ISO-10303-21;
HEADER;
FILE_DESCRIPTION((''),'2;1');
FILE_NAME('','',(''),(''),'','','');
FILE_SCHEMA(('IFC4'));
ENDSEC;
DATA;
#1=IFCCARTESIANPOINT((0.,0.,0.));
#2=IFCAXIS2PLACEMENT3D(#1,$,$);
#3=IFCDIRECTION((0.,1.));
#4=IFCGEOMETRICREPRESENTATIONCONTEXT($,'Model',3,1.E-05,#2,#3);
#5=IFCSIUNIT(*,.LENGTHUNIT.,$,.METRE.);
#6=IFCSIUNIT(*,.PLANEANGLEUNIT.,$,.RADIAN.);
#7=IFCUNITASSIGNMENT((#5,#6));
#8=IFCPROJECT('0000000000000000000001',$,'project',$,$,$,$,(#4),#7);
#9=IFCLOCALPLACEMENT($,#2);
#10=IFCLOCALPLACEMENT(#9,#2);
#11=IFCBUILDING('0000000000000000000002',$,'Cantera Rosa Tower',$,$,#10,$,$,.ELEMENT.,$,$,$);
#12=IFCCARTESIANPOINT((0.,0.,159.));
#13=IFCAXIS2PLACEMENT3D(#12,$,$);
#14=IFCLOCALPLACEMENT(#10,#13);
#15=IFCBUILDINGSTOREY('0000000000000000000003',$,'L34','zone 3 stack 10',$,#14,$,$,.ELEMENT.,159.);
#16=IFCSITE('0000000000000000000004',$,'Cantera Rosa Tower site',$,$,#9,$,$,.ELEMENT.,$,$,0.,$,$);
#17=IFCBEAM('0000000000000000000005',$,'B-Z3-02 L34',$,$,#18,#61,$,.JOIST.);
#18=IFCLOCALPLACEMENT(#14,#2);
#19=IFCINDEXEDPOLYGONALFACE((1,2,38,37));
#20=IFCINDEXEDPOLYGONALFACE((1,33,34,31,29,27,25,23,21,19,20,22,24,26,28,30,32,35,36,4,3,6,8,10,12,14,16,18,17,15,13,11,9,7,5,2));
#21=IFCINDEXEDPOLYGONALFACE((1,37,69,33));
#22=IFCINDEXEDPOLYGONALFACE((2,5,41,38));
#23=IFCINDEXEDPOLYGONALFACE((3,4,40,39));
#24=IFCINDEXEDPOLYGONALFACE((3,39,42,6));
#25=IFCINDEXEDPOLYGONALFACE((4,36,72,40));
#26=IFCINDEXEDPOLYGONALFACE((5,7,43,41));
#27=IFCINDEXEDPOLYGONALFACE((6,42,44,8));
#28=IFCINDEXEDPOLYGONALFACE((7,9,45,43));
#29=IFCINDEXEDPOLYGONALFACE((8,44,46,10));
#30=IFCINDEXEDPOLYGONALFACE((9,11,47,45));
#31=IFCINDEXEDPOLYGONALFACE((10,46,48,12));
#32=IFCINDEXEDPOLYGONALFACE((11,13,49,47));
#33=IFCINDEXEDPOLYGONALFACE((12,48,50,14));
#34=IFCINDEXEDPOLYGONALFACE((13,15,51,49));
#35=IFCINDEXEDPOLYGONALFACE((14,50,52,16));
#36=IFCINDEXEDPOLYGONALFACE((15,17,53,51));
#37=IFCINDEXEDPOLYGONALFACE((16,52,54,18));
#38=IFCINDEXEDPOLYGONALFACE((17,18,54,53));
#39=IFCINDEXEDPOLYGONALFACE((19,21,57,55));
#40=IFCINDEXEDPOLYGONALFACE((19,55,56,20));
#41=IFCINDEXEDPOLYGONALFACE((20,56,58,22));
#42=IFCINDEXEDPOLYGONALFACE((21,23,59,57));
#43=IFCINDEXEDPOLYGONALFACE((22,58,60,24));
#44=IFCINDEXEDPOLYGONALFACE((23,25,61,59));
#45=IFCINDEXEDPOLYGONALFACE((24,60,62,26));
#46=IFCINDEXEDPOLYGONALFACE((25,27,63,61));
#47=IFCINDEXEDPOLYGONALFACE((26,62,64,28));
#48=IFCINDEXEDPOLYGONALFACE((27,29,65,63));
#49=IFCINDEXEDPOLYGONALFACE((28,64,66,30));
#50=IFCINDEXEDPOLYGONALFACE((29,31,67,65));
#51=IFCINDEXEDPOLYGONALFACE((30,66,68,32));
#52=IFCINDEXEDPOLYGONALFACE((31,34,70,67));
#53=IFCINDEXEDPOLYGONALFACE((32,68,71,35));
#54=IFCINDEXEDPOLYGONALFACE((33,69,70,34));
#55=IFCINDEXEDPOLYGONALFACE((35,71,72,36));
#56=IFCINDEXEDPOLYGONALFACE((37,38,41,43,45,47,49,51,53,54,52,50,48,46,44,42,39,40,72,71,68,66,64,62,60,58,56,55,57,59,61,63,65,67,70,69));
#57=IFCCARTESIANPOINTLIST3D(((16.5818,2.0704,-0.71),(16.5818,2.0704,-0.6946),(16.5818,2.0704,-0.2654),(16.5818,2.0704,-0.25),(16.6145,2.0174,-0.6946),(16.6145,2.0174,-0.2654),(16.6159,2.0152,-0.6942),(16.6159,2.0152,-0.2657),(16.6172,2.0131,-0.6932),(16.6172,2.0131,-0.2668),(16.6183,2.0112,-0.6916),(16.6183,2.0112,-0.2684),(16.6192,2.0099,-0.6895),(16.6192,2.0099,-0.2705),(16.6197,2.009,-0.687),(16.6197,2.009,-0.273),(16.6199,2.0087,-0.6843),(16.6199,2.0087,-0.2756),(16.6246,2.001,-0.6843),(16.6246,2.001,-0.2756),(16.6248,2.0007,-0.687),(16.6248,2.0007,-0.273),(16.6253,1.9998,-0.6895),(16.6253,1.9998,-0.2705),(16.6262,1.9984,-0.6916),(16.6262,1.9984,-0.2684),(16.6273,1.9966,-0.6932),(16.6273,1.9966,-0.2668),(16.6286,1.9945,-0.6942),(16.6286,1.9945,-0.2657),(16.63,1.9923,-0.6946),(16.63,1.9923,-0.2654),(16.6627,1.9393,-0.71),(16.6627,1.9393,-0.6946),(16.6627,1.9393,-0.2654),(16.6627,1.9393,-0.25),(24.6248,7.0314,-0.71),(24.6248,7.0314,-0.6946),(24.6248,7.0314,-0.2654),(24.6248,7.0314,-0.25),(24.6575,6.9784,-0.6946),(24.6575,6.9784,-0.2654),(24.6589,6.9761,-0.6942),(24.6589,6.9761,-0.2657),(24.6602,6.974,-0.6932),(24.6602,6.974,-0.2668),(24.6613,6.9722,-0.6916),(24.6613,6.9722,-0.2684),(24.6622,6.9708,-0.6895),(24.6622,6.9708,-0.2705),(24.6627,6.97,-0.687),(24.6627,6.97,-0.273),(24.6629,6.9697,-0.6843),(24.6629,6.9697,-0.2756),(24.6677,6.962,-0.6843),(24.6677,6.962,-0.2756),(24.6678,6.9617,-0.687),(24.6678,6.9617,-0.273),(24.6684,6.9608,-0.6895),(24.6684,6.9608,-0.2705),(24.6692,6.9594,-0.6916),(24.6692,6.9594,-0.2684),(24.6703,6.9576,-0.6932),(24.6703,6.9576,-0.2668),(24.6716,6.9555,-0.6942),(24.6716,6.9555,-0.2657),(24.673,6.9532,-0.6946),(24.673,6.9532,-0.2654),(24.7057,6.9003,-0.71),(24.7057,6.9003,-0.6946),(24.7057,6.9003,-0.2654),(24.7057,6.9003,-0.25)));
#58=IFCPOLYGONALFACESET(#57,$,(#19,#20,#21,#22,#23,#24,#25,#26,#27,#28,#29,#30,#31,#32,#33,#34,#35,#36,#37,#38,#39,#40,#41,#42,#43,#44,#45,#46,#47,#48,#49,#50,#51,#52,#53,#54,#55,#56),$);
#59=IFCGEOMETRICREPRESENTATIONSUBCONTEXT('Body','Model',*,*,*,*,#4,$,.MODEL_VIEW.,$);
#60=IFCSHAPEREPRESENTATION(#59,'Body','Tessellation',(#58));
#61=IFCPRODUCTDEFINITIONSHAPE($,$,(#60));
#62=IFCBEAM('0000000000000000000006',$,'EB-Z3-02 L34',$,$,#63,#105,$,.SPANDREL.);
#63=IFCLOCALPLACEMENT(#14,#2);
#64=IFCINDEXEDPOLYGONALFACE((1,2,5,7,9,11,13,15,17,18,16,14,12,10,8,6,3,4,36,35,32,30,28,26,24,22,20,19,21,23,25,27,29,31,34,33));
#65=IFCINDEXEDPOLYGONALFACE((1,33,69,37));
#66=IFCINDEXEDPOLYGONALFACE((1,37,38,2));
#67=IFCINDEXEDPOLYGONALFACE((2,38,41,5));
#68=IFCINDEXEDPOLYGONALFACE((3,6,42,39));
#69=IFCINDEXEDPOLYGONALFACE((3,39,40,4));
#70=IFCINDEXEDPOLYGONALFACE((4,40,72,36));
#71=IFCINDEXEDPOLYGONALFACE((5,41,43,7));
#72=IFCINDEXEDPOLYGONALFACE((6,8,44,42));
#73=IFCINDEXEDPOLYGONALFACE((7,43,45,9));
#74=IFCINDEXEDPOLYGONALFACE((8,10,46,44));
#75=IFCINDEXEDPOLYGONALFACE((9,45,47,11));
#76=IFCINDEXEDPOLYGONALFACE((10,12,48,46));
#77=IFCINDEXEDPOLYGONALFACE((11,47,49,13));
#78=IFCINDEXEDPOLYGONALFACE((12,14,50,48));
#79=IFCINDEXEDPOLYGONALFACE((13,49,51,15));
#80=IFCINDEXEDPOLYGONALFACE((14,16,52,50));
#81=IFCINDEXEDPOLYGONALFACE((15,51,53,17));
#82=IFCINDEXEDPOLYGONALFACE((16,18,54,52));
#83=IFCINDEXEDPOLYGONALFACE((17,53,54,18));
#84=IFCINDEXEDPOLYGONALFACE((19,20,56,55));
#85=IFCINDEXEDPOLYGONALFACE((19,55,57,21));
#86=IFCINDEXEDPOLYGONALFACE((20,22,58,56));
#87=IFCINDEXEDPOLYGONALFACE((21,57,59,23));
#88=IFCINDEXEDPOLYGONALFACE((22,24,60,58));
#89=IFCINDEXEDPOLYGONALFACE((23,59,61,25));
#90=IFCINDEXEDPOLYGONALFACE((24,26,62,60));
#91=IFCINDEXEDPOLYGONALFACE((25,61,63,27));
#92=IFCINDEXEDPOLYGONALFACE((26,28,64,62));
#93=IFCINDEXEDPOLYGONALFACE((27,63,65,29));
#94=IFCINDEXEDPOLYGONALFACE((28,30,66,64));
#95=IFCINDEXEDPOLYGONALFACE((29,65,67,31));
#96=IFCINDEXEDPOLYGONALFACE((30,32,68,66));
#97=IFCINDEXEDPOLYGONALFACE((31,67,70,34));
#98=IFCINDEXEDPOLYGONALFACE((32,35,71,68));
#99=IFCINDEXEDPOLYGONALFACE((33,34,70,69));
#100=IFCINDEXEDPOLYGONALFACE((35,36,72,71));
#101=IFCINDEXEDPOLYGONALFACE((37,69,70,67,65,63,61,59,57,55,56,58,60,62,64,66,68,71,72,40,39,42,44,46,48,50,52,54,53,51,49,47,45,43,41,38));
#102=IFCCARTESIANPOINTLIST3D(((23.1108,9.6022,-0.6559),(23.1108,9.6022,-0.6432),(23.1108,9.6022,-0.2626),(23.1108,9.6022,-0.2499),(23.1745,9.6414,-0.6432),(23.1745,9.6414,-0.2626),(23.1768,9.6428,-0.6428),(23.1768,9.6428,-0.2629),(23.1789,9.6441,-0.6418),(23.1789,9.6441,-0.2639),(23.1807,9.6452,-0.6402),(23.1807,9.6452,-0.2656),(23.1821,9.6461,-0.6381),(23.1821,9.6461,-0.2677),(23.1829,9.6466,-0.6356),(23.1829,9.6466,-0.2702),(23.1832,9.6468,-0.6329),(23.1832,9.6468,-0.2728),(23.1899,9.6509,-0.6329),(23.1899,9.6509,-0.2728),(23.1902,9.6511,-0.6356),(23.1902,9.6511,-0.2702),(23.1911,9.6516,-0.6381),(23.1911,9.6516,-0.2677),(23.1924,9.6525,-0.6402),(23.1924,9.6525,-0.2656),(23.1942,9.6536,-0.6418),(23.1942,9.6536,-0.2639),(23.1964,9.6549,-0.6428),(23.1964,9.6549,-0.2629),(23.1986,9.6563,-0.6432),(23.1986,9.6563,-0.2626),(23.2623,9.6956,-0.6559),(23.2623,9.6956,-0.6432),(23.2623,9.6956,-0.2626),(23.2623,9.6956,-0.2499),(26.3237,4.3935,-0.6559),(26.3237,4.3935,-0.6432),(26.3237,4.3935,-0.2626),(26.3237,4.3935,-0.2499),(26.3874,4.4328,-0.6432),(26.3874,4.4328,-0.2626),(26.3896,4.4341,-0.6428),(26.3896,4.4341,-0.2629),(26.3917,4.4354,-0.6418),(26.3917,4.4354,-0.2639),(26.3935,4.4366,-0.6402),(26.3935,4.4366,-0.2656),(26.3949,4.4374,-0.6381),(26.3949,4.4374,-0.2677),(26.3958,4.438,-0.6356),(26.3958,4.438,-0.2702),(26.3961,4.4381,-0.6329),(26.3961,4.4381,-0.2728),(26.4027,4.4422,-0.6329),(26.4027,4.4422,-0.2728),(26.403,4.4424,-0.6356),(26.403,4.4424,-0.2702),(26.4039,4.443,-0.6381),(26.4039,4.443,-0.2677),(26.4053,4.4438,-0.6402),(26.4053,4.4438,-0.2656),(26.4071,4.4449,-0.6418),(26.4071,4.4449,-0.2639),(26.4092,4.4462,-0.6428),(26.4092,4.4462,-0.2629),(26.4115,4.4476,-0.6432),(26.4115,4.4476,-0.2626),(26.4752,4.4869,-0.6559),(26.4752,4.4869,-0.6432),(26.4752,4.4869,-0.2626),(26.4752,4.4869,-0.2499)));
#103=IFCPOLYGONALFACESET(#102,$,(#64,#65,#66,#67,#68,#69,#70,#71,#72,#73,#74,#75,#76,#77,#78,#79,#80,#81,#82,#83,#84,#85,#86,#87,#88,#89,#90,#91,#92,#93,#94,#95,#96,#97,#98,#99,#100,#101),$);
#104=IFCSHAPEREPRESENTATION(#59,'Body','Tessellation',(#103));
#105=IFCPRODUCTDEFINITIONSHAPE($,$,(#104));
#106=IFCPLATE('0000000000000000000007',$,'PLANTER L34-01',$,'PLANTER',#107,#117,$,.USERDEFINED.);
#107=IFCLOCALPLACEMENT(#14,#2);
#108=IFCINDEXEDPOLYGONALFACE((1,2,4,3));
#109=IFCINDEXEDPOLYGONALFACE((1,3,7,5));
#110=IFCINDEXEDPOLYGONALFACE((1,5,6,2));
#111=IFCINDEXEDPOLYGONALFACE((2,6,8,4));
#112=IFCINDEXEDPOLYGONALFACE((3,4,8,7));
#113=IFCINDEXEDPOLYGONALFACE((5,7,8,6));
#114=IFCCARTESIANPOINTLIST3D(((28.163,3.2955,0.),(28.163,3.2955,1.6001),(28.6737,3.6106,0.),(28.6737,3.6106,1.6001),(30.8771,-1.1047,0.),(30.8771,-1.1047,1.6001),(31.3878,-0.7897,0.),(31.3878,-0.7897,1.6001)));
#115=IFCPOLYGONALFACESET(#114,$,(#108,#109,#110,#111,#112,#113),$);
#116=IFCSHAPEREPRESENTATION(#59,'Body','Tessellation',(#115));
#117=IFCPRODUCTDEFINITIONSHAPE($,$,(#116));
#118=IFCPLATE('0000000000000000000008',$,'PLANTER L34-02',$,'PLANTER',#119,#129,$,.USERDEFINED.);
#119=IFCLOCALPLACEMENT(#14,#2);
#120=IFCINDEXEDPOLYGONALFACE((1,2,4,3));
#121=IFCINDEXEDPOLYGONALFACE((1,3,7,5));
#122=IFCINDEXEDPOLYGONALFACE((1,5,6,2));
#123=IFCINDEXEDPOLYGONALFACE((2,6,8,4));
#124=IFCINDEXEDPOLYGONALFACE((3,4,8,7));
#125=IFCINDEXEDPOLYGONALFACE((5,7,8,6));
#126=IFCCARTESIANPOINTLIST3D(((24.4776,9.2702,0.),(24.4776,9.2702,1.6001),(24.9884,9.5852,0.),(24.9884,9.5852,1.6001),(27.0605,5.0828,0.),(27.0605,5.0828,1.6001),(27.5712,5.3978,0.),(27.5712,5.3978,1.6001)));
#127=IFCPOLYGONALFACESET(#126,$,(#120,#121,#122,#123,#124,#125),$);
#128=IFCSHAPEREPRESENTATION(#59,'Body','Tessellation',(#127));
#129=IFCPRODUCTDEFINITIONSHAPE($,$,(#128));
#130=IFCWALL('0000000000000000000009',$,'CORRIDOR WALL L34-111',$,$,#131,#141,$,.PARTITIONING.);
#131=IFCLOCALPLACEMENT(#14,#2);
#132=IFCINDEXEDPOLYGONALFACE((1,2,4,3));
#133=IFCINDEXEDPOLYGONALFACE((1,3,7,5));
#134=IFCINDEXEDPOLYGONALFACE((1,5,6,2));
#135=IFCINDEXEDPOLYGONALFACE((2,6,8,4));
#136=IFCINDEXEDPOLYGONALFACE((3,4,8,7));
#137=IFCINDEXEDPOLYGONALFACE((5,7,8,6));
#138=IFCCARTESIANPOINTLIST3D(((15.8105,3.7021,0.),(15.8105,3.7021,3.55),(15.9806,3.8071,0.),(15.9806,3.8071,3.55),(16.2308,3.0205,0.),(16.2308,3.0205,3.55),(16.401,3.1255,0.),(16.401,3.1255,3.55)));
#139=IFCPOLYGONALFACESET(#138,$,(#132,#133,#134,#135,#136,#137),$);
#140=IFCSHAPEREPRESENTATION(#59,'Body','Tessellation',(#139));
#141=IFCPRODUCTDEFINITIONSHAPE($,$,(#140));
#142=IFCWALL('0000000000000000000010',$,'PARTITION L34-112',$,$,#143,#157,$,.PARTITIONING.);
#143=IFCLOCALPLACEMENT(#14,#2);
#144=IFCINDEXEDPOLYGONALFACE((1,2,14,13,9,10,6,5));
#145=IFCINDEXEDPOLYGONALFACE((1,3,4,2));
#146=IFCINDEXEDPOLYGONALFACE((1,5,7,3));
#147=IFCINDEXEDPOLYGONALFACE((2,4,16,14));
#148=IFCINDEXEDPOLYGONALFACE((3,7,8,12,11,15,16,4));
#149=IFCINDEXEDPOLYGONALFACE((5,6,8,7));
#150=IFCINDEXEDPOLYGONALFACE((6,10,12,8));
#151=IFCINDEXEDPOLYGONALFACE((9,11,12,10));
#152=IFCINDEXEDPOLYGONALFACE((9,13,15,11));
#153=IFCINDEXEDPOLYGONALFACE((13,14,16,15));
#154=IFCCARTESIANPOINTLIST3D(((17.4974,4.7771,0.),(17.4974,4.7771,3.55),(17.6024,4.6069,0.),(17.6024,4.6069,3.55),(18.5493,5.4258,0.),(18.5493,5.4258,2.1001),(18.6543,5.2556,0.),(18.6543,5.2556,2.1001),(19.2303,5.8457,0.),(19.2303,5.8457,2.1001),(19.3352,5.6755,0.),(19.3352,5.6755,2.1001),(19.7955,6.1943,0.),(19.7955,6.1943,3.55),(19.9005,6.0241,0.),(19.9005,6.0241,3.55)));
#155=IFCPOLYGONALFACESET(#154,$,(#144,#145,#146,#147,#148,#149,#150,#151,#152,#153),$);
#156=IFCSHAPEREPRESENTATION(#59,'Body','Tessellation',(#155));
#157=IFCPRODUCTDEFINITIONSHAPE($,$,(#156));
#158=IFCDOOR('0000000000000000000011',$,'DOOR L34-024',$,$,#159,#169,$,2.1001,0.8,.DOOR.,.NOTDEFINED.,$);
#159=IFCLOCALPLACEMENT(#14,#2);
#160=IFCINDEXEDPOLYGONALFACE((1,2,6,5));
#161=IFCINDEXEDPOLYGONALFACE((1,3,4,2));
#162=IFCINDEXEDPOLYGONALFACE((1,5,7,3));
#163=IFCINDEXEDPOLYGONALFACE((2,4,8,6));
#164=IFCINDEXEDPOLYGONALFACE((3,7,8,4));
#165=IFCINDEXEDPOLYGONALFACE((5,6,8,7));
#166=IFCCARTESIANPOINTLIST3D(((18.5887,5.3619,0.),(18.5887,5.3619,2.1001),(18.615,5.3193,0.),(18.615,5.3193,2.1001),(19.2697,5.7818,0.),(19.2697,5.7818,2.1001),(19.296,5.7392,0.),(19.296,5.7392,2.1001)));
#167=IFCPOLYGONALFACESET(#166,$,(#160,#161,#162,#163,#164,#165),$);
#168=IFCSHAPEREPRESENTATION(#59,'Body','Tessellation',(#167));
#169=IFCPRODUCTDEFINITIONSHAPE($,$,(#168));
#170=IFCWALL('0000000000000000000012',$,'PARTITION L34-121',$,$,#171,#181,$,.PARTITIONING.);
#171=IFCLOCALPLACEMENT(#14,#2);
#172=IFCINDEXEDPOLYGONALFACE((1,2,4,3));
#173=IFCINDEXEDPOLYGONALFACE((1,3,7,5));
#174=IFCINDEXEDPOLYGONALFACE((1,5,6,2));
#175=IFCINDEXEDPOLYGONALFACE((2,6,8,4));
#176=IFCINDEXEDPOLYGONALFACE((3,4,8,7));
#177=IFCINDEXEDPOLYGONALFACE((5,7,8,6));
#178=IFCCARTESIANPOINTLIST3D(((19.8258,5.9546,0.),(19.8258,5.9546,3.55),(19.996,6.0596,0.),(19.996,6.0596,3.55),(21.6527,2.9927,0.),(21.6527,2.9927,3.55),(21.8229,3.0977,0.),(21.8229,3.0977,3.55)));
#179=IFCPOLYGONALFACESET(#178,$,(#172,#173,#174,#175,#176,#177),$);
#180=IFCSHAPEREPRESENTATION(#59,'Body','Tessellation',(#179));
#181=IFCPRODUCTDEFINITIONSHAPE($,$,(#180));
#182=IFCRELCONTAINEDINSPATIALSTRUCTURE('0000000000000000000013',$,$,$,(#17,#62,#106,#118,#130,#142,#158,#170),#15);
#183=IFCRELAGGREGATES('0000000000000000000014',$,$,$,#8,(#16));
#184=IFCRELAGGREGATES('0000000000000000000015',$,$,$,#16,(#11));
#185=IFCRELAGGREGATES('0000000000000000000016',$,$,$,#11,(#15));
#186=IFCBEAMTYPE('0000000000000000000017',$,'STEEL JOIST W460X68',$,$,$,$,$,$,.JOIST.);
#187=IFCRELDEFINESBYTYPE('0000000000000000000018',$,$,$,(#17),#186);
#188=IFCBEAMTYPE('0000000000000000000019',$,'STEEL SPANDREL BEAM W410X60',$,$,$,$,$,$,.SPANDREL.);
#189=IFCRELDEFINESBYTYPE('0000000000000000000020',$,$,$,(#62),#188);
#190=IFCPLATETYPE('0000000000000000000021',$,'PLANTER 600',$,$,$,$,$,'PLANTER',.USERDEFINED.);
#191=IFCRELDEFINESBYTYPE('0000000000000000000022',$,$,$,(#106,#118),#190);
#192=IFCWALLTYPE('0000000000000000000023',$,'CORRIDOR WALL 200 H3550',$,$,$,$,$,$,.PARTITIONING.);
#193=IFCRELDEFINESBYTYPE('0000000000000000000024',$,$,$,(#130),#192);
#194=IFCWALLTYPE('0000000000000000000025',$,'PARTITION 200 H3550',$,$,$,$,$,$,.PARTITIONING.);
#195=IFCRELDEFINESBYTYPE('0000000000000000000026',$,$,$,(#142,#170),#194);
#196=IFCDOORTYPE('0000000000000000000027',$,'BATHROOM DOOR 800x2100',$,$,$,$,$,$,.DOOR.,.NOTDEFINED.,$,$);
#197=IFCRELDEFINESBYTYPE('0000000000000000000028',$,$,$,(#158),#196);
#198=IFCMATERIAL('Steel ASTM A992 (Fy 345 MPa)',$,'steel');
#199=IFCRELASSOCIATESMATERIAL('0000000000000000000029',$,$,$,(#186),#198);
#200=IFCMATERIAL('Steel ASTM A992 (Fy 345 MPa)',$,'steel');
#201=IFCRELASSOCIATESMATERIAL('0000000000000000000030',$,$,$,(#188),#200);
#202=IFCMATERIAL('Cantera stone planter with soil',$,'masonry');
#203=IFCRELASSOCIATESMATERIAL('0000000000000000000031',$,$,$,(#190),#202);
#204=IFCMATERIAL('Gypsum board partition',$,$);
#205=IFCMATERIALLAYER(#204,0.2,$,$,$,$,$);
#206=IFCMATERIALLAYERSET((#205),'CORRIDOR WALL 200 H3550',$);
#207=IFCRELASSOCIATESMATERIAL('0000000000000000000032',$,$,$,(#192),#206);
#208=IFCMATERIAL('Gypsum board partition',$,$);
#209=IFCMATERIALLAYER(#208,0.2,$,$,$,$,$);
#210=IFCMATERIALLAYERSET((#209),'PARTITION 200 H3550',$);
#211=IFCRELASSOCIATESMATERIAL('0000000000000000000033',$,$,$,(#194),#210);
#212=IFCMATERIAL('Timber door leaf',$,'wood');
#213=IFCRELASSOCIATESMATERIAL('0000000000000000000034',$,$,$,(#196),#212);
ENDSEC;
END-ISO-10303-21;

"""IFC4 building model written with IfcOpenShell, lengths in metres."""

from ifc_helpers import new_model, si_unit, direction, frame, frame_2d, origin, origin_2d, place, context, subcontext, project, spatial, rectangle, i_section, extrude, material, layer, layer_set, material_profile, profile_set, type_object, element, fill, save


model = new_model("IFC4")

# Units and contexts
model_context = context("Model", 3, precision=1e-05, world=origin(), true_north=direction((0.0, 1.0)))
body_context = subcontext(model_context, "Body", "Model", "MODEL_VIEW")
ifc_project = project(units=[si_unit("LENGTHUNIT", "METRE"), si_unit("PLANEANGLEUNIT", "RADIAN")], contexts=[model_context])

# Site, building, storey
site_placement = place(None, origin())
site = spatial("IfcSite", under=ifc_project, at=site_placement, Name="Cantera Rosa Tower site", CompositionType="ELEMENT", RefElevation=0.0)
building_placement = place(site_placement, origin())
building = spatial("IfcBuilding", under=site, at=building_placement, Name="Cantera Rosa Tower", CompositionType="ELEMENT")
storey_placement = place(building_placement, frame((0.0, 0.0, 159.0)))
storey = spatial("IfcBuildingStorey", under=building, at=storey_placement, Name="L34", Description="zone 3 stack 10", CompositionType="ELEMENT", Elevation=159.0)

# Beams
ifc_material_1 = material(Name="Steel ASTM A992 (Fy 345 MPa)", Category="steel")
ifc_material_profile_1 = material_profile(ifc_material_1, i_section(OverallWidth=0.1541, OverallDepth=0.46, WebThickness=0.009, FlangeThickness=0.0154, FilletRadius=0.0103, at=origin_2d()), Name="W460X68")
ifc_profile_set_1 = profile_set([ifc_material_profile_1], Name="Steel ASTM A992 (Fy 345 MPa)")
beam_type_1 = type_object("IfcBeamType", Name="STEEL JOIST W460X68", PredefinedType="JOIST", material=ifc_profile_set_1)
beam_1_placement = place(storey_placement, frame((24.6653, 6.9658, -0.48), z_axis=(-0.851119, -0.524974, 0.0), x_axis=(0.524974, -0.851119, 0.0)))
element("IfcBeam", 1, at=beam_1_placement, inside=storey, type_object=beam_type_1, Name="B-Z3-02 L34", PredefinedType="JOIST", context=body_context, shape_type="SweptSolid", body=[
    extrude(i_section(OverallWidth=0.1541, OverallDepth=0.46, WebThickness=0.009, FlangeThickness=0.0154, FilletRadius=0.0103, at=origin_2d()), origin(), (0.0, 0.0, 1.0), 9.45),
])
ifc_material_2 = material(Name="Steel ASTM A992 (Fy 345 MPa)", Category="steel")
ifc_material_profile_2 = material_profile(ifc_material_2, i_section(OverallWidth=0.178, OverallDepth=0.406, WebThickness=0.0078, FlangeThickness=0.0127, FilletRadius=0.0103, at=origin_2d()), Name="W410X60")
ifc_profile_set_2 = profile_set([ifc_material_profile_2], Name="Steel ASTM A992 (Fy 345 MPa)")
beam_type_2 = type_object("IfcBeamType", Name="STEEL SPANDREL BEAM W410X60", PredefinedType="SPANDREL", material=ifc_profile_set_2)
beam_2_placement = place(storey_placement, frame((26.3994, 4.4402, -0.4529), z_axis=(-0.524987, 0.85111, 0.0), x_axis=(-0.85111, -0.524987, 0.0)))
element("IfcBeam", 2, at=beam_2_placement, inside=storey, type_object=beam_type_2, Name="EB-Z3-02 L34", PredefinedType="SPANDREL", context=body_context, shape_type="SweptSolid", body=[
    extrude(i_section(OverallWidth=0.178, OverallDepth=0.406, WebThickness=0.0078, FlangeThickness=0.0127, FilletRadius=0.0103, at=origin_2d()), origin(), (0.0, 0.0, 1.0), 6.1199),
])

# Plates
ifc_material_3 = material(Name="Cantera stone planter with soil", Category="masonry")
plate_type = type_object("IfcPlateType", Name="PLANTER 600", ElementType="PLANTER", PredefinedType="USERDEFINED", material=ifc_material_3)
plate_1_placement = place(storey_placement, frame((29.7754, 1.2529, 0.0), z_axis=(0.0, 0.0, 1.0), x_axis=(-0.524977, 0.851117, 0.0)))
element("IfcPlate", 3, at=plate_1_placement, inside=storey, type_object=plate_type, Name="PLANTER L34-01", ObjectType="PLANTER", PredefinedType="USERDEFINED", context=body_context, shape_type="SweptSolid", body=[
    extrude(rectangle(XDim=5.1699, YDim=0.6001, at=origin_2d()), origin(), (0.0, 0.0, 1.0), 1.6001),
])
plate_2_placement = place(storey_placement, frame((26.0244, 7.334, 0.0), z_axis=(0.0, 0.0, 1.0), x_axis=(-0.524977, 0.851117, 0.0)))
element("IfcPlate", 4, at=plate_2_placement, inside=storey, type_object=plate_type, Name="PLANTER L34-02", ObjectType="PLANTER", PredefinedType="USERDEFINED", context=body_context, shape_type="SweptSolid", body=[
    extrude(rectangle(XDim=4.9199, YDim=0.6001, at=origin_2d()), origin(), (0.0, 0.0, 1.0), 1.6001),
])

# Wall
ifc_material_4 = material(Name="Gypsum board partition")
ifc_layer_1 = layer(ifc_material_4, 0.2)
ifc_layer_set_1 = layer_set([ifc_layer_1], Name="CORRIDOR WALL 200 H3550")
wall_type_1 = type_object("IfcWallType", Name="CORRIDOR WALL 200 H3550", PredefinedType="PARTITIONING", material=ifc_layer_set_1)
wall_1_placement = place(storey_placement, frame((16.3159, 3.073, 0.0), z_axis=(0.0, 0.0, 1.0), x_axis=(-0.524948, 0.851135, 0.0)))
element("IfcWall", 5, at=wall_1_placement, inside=storey, type_object=wall_type_1, Name="CORRIDOR WALL L34-111", PredefinedType="PARTITIONING", context=body_context, shape_type="SweptSolid", body=[
    extrude(rectangle(XDim=0.8008, YDim=0.2, at=frame_2d((0.4004, 0.0))), origin(), (0.0, 0.0, 1.0), 3.55),
])

# Wall, opening, door
ifc_material_5 = material(Name="Gypsum board partition")
ifc_layer_2 = layer(ifc_material_5, 0.2)
ifc_layer_set_2 = layer_set([ifc_layer_2], Name="PARTITION 200 H3550")
wall_type_2 = type_object("IfcWallType", Name="PARTITION 200 H3550", PredefinedType="PARTITIONING", material=ifc_layer_set_2)
wall_2_placement = place(storey_placement, frame((17.5498, 4.6919, 0.0), z_axis=(0.0, 0.0, 1.0), x_axis=(0.851158, 0.524909, 0.0)))
wall_2 = element("IfcWall", 6, at=wall_2_placement, inside=storey, type_object=wall_type_2, Name="PARTITION L34-112", PredefinedType="PARTITIONING", context=body_context, shape_type="SweptSolid", body=[
    extrude(rectangle(XDim=2.7, YDim=0.2, at=frame_2d((1.3501, 0.0))), origin(), (0.0, 0.0, 1.0), 3.55),
])
opening_1_placement = place(wall_2_placement, frame((1.2361, 0.0, 0.0)))
opening_1 = element("IfcOpeningElement", 7, at=opening_1_placement, cuts=wall_2, PredefinedType="OPENING", context=body_context, shape_type="SweptSolid", body=[
    extrude(rectangle(XDim=0.8, YDim=2.1001, at=frame_2d((0.3999, 1.05))), frame((0.0, 0.1099, 0.0), z_axis=(0.0, -1.0, 0.0), x_axis=(1.0, 0.0, 0.0)), (0.0, 0.0, 1.0), 0.22),
])
ifc_material_6 = material(Name="Timber door leaf", Category="wood")
door_type_1 = type_object("IfcDoorType", Name="BATHROOM DOOR 800x2100", OperationType="NOTDEFINED", PredefinedType="DOOR", material=ifc_material_6)
door_1_placement = place(opening_1_placement, origin())
door_1 = element("IfcDoor", 8, at=door_1_placement, inside=storey, type_object=door_type_1, Name="DOOR L34-024", OperationType="NOTDEFINED", OverallHeight=2.1001, OverallWidth=0.8, PredefinedType="DOOR", context=body_context, shape_type="SweptSolid", body=[
    extrude(rectangle(XDim=0.8, YDim=2.1001, at=frame_2d((0.3999, 1.05))), frame((0.0, 0.0249, 0.0), z_axis=(0.0, -1.0, 0.0), x_axis=(1.0, 0.0, 0.0)), (0.0, 0.0, 1.0), 0.05),
])
fill(opening_1, door_1)

# Wall
wall_3_placement = place(storey_placement, frame((19.9109, 6.0071, 0.0), z_axis=(0.0, 0.0, 1.0), x_axis=(0.52497, -0.851121, 0.0)))
element("IfcWall", 9, at=wall_3_placement, inside=storey, type_object=wall_type_2, Name="PARTITION L34-121", PredefinedType="PARTITIONING", context=body_context, shape_type="SweptSolid", body=[
    extrude(rectangle(XDim=3.48, YDim=0.2, at=frame_2d((1.74, 0.0))), origin(), (0.0, 0.0, 1.0), 3.55),
])

save(model, "model.ifc")
